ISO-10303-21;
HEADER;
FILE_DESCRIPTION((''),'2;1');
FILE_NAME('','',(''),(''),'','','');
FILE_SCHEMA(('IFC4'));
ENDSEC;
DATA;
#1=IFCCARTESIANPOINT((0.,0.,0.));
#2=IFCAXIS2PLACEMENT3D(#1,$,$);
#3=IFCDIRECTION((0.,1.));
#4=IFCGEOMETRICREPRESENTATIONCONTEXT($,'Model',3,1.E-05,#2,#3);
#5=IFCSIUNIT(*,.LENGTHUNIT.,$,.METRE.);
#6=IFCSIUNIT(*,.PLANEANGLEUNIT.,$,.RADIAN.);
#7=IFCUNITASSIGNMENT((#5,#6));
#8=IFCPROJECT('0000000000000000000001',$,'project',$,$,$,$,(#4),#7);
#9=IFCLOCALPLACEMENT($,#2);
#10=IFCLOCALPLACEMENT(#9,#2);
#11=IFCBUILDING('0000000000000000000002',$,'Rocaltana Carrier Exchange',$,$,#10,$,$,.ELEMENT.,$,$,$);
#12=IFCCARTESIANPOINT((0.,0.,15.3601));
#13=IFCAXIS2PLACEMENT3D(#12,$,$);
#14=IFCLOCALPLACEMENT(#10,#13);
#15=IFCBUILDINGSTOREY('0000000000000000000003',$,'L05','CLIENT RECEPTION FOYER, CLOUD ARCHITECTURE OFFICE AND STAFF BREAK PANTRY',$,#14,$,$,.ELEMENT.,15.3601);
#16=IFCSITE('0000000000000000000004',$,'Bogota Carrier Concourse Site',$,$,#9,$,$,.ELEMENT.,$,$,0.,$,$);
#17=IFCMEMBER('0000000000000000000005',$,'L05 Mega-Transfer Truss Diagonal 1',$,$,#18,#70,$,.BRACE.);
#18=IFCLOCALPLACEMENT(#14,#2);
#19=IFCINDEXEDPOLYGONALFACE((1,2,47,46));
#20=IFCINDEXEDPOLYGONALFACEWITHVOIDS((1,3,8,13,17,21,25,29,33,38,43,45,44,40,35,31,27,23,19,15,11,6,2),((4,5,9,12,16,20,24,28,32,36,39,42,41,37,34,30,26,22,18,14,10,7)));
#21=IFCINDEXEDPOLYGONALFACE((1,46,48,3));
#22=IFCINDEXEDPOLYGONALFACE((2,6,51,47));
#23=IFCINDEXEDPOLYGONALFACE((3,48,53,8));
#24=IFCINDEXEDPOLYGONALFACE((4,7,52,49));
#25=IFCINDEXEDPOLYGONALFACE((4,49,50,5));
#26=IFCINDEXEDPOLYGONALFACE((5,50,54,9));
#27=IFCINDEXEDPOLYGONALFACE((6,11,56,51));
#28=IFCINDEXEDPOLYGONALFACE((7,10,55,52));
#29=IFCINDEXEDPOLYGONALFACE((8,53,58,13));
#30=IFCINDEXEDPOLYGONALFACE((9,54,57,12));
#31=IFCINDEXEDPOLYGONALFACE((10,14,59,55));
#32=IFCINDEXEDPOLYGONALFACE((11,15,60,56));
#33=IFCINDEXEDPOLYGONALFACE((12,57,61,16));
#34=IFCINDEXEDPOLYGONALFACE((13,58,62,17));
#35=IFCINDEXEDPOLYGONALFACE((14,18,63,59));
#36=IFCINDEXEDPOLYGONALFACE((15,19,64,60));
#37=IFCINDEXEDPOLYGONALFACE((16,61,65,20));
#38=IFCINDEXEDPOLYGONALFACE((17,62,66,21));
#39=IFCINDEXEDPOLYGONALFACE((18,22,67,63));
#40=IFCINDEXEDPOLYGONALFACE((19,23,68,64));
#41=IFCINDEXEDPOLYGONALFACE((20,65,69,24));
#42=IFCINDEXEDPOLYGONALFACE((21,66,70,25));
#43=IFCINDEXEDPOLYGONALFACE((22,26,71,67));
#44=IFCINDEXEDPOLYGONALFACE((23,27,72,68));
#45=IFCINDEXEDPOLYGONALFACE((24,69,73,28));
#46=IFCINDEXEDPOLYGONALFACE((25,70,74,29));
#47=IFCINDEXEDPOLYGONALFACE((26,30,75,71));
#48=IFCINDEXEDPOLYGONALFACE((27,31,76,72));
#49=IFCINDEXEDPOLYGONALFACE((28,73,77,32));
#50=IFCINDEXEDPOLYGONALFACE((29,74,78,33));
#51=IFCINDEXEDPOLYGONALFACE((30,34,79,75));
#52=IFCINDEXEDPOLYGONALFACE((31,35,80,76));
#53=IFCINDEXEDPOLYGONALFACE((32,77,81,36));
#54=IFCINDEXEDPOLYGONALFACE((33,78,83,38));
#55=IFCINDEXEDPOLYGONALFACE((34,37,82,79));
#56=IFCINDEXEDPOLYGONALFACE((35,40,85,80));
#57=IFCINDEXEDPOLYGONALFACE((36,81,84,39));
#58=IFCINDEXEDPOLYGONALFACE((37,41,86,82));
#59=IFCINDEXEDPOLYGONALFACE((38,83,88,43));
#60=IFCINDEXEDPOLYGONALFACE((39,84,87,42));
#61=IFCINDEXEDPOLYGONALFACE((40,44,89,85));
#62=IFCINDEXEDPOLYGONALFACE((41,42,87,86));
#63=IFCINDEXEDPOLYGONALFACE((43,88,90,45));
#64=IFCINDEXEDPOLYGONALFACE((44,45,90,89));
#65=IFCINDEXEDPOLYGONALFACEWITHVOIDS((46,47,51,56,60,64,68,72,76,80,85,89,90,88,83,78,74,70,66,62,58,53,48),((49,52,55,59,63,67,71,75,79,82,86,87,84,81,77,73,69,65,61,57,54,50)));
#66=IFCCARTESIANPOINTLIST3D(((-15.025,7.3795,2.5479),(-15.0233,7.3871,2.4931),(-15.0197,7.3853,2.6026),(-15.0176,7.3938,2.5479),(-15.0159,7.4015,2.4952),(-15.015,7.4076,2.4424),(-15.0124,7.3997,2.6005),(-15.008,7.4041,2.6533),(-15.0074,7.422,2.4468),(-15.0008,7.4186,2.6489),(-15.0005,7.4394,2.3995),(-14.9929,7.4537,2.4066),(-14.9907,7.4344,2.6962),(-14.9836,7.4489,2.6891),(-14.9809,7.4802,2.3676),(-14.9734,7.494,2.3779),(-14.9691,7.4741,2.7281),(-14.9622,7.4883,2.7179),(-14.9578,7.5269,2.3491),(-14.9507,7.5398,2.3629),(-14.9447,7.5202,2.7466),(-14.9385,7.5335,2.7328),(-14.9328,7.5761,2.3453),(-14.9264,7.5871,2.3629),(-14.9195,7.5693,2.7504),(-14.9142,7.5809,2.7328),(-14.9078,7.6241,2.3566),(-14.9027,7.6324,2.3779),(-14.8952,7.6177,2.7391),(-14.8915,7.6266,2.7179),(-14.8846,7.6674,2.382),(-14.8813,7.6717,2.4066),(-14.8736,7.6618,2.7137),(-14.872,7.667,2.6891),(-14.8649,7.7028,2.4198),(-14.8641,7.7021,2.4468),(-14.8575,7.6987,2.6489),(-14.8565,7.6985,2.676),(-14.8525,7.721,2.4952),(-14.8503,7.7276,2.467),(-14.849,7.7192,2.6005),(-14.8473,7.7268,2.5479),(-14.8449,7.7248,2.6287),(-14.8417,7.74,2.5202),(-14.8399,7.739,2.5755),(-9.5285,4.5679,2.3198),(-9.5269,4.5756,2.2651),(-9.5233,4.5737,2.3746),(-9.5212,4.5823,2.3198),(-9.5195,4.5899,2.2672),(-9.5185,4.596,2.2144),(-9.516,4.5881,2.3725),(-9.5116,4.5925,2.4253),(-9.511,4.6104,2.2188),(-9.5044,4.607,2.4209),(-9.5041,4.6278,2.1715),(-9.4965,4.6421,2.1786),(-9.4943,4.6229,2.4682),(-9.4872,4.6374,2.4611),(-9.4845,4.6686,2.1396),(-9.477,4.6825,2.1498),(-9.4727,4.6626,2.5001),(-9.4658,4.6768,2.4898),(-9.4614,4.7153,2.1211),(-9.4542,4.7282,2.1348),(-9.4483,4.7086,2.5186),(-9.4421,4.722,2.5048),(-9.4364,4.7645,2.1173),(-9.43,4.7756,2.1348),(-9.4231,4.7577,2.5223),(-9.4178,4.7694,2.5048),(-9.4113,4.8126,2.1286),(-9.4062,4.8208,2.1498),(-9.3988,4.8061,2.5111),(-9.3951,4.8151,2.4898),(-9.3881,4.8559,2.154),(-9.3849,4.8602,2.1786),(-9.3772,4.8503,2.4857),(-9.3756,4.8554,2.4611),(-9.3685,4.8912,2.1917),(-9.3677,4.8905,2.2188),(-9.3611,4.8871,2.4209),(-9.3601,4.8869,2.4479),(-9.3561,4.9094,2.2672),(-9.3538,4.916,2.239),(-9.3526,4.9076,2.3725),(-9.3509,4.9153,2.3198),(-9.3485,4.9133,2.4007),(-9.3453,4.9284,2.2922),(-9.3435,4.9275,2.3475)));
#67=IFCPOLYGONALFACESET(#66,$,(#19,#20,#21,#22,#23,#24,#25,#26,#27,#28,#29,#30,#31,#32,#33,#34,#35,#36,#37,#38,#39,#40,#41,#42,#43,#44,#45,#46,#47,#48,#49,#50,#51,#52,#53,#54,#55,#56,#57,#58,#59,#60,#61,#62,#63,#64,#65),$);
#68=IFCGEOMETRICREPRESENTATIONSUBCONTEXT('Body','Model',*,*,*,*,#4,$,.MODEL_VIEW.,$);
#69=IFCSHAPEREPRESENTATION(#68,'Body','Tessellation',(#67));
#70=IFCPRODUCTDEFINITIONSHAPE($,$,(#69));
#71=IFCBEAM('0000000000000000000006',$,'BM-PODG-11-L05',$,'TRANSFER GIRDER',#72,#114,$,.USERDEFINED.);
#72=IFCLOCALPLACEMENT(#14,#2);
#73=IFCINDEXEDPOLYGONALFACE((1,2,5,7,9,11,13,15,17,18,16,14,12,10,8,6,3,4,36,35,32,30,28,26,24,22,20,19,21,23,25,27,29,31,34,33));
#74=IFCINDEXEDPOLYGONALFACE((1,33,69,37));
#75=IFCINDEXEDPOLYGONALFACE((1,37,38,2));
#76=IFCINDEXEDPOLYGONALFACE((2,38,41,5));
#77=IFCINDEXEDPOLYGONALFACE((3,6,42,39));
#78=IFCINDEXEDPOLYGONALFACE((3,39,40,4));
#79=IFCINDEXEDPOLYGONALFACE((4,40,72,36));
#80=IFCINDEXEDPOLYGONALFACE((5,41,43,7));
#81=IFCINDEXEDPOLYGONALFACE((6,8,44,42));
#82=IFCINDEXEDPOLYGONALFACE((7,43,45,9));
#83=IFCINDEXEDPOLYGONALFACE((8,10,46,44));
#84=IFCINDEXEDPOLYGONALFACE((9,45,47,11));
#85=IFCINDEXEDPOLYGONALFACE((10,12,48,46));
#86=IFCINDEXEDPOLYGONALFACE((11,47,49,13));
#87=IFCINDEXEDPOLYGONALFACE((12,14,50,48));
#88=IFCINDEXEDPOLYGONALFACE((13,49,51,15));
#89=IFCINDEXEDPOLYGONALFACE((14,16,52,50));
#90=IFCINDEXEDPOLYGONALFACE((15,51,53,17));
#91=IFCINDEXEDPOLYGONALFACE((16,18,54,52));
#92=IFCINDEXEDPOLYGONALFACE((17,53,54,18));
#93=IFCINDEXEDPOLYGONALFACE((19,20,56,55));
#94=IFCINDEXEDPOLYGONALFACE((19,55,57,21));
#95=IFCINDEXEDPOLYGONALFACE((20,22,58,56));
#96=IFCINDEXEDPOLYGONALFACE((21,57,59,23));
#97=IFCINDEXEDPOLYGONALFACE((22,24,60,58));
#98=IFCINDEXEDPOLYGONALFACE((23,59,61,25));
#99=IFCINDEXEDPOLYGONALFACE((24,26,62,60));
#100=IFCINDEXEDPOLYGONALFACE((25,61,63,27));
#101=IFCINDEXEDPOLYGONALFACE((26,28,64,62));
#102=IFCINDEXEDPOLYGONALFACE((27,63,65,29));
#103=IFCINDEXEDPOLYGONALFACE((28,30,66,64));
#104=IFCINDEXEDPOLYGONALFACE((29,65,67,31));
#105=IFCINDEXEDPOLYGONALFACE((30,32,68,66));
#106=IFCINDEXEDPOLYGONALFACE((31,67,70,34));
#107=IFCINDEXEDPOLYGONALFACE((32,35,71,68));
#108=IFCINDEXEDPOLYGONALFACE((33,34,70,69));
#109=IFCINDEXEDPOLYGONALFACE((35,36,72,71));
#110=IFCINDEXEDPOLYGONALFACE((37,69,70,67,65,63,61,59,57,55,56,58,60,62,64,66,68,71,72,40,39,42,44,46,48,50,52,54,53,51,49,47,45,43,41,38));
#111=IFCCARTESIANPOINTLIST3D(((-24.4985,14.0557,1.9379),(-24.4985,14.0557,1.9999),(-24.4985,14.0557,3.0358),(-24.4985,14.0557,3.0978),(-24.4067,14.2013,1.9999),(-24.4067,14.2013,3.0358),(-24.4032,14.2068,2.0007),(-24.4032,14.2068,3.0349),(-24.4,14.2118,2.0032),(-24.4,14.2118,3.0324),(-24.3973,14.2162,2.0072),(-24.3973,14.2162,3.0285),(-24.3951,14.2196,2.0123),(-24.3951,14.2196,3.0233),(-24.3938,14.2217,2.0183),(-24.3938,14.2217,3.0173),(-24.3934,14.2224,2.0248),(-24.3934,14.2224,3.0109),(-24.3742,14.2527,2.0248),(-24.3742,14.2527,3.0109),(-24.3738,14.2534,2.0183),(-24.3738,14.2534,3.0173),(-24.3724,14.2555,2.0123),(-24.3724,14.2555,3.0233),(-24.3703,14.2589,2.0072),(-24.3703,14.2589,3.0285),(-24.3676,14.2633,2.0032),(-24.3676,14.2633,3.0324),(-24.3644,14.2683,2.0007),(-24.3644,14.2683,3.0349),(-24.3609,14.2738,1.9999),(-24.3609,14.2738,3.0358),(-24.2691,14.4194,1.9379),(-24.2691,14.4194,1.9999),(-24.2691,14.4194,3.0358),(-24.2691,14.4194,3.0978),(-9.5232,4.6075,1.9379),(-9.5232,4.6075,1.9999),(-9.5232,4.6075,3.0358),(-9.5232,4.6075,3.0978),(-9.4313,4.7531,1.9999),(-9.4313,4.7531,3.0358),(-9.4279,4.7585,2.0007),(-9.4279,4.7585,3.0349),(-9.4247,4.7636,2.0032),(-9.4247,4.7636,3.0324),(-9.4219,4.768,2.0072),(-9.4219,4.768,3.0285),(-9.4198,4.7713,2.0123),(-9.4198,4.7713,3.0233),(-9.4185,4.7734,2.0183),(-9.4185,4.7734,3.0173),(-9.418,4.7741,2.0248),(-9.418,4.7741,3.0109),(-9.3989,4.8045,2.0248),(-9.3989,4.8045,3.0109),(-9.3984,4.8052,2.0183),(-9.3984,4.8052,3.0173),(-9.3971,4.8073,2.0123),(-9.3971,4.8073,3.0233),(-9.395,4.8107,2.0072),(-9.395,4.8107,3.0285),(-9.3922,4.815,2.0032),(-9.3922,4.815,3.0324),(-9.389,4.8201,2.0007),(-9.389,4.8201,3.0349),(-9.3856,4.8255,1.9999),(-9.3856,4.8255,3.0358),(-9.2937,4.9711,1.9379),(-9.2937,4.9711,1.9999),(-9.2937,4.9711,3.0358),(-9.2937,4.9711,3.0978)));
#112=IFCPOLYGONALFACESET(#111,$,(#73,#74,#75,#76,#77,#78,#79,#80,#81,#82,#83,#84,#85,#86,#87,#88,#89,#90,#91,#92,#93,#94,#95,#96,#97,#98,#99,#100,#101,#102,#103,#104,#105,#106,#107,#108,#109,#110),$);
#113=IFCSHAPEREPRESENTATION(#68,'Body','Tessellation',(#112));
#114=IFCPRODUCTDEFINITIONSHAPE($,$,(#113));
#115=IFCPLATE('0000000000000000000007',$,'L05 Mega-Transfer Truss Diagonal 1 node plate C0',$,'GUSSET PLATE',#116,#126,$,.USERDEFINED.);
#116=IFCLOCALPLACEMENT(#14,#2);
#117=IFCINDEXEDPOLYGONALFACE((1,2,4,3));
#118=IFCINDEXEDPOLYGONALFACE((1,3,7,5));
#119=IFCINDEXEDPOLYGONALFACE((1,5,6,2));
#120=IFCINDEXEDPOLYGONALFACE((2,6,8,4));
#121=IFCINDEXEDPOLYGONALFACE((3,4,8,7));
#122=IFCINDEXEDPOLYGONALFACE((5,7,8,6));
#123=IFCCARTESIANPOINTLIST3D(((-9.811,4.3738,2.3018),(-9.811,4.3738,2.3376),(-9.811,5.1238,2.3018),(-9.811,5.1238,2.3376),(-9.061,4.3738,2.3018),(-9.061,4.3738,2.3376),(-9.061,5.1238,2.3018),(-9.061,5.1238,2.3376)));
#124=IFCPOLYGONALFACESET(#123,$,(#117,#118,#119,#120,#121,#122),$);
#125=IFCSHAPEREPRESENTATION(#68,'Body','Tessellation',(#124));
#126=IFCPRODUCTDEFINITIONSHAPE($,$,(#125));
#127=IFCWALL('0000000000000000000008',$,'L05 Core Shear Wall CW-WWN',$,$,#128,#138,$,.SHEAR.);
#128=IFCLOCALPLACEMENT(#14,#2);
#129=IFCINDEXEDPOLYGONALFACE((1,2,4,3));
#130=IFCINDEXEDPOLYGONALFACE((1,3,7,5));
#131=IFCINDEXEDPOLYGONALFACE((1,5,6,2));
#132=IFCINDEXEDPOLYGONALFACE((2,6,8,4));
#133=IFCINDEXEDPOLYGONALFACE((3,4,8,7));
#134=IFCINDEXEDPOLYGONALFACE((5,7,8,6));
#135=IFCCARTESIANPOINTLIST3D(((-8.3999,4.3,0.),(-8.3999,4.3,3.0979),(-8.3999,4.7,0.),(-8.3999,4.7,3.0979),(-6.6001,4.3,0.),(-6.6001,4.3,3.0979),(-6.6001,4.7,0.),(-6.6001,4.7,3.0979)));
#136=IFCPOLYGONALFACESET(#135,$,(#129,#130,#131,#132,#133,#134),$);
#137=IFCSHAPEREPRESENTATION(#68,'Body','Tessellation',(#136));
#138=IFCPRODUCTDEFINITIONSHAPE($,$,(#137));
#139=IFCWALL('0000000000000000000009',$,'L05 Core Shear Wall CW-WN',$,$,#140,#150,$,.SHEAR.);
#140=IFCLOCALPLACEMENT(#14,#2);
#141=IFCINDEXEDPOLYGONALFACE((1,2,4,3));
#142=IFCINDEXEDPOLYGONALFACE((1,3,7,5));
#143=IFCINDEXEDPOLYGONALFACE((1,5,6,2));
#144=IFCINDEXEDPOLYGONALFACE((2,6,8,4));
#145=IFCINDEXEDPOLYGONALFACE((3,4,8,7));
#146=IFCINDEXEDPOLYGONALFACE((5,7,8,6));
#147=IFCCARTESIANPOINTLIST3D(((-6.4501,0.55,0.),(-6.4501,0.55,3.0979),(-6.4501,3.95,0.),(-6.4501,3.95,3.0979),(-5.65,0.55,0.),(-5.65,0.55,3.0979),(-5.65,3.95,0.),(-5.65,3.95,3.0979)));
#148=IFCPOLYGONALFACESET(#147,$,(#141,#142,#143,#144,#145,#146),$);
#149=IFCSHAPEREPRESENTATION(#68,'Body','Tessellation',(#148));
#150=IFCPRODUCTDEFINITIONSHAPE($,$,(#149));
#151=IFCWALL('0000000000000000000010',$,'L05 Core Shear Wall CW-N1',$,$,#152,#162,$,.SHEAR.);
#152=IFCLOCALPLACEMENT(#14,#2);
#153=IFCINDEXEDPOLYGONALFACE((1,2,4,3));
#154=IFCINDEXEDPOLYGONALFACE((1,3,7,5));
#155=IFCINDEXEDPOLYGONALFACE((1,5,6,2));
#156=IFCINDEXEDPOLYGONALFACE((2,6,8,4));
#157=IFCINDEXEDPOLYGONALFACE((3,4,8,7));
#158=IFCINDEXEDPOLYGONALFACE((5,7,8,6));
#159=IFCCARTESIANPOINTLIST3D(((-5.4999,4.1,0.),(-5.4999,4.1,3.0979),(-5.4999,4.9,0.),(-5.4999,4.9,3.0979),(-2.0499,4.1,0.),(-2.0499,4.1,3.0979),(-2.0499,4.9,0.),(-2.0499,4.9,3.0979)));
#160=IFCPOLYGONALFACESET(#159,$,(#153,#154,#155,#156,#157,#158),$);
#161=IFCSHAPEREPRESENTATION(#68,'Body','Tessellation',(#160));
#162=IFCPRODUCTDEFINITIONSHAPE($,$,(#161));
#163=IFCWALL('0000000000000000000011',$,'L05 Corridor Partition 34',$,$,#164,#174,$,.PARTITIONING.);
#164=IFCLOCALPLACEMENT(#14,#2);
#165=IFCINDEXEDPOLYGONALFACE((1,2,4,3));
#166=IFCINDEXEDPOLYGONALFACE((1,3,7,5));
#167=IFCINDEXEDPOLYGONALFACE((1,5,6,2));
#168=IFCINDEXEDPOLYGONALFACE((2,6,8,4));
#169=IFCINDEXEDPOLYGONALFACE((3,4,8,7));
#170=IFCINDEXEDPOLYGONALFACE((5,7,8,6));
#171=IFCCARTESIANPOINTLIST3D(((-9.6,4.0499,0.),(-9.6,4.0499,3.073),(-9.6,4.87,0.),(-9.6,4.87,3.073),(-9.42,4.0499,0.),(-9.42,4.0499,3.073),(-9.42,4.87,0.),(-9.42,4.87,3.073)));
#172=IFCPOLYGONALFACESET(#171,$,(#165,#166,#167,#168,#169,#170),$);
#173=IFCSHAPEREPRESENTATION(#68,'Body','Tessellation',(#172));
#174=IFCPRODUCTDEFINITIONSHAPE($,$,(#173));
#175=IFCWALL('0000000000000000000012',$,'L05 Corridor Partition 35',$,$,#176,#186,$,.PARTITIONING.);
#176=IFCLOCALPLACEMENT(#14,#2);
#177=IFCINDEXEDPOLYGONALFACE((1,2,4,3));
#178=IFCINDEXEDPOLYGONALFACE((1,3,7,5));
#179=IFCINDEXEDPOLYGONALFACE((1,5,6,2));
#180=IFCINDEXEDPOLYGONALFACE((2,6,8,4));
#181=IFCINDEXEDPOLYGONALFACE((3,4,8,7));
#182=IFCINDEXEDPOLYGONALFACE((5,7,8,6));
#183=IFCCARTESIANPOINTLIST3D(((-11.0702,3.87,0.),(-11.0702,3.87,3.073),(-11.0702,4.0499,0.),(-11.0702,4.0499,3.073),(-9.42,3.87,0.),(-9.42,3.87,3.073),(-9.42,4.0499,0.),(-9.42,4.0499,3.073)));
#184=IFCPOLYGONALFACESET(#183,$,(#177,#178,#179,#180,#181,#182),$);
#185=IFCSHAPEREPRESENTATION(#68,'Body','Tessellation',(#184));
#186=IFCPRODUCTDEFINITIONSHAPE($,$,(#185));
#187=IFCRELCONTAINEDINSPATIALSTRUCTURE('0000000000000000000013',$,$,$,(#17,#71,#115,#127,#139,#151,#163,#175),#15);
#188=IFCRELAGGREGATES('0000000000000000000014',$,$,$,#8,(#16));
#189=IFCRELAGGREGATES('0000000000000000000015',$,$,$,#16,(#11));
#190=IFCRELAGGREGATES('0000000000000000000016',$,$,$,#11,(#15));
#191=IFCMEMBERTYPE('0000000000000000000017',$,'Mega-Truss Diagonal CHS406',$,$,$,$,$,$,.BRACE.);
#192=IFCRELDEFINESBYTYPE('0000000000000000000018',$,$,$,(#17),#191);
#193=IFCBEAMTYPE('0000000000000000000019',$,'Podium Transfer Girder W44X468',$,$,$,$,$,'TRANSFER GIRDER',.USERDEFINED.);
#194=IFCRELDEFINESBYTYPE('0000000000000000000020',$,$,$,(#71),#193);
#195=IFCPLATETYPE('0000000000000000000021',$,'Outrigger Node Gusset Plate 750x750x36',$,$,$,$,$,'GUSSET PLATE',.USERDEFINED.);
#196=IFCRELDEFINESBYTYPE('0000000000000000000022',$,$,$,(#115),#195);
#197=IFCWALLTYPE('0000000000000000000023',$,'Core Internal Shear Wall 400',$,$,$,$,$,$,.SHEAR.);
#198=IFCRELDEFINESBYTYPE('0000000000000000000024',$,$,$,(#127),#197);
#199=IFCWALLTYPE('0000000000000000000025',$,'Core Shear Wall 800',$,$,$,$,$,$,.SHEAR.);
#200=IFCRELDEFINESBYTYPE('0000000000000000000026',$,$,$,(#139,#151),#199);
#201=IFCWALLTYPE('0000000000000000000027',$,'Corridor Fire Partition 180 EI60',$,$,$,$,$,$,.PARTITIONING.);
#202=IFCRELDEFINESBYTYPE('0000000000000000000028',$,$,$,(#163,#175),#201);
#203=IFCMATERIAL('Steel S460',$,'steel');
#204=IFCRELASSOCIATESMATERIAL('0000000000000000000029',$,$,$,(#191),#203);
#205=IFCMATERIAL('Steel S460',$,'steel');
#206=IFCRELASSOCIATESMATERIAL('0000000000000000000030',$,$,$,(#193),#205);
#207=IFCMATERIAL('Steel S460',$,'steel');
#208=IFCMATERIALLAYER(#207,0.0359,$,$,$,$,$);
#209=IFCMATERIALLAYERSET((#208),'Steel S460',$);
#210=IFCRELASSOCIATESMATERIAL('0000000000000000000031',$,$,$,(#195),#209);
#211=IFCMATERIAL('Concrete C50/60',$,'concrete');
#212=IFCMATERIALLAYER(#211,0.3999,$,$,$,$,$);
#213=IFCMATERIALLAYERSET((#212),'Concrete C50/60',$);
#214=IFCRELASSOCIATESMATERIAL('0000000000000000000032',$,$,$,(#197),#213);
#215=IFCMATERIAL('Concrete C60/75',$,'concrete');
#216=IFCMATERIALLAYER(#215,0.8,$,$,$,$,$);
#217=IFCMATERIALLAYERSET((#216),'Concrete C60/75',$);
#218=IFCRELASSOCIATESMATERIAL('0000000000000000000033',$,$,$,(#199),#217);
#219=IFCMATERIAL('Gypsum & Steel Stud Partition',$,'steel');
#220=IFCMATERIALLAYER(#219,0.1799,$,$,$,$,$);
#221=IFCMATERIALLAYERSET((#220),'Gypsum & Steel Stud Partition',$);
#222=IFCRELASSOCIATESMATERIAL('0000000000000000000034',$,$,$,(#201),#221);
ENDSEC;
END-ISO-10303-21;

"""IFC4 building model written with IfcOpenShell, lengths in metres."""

from ifc_helpers import new_model, si_unit, direction, frame, frame_2d, origin, origin_2d, place, context, subcontext, project, spatial, rectangle, hollow_circle, i_section, extrude, material, layer, layer_set, material_profile, profile_set, type_object, element, save


model = new_model("IFC4")

# Units and contexts
model_context = context("Model", 3, precision=1e-05, world=origin(), true_north=direction((0.0, 1.0)))
body_context = subcontext(model_context, "Body", "Model", "MODEL_VIEW")
ifc_project = project(units=[si_unit("LENGTHUNIT", "METRE"), si_unit("PLANEANGLEUNIT", "RADIAN")], contexts=[model_context])

# Site, building, storey
site_placement = place(None, origin())
site = spatial("IfcSite", under=ifc_project, at=site_placement, Name="Bogota Carrier Concourse Site", CompositionType="ELEMENT", RefElevation=0.0)
building_placement = place(site_placement, origin())
building = spatial("IfcBuilding", under=site, at=building_placement, Name="Rocaltana Carrier Exchange", CompositionType="ELEMENT")
storey_placement = place(building_placement, frame((0.0, 0.0, 15.3601)))
storey = spatial("IfcBuildingStorey", under=building, at=storey_placement, Name="L05", Description="CLIENT RECEPTION FOYER, CLOUD ARCHITECTURE OFFICE AND STAFF BREAK PANTRY", CompositionType="ELEMENT", Elevation=15.3601)

# Member
ifc_material_1 = material(Name="Steel S460", Category="steel")
ifc_material_profile_1 = material_profile(ifc_material_1, hollow_circle(Radius=0.2031, WallThickness=0.0161, at=origin_2d()), Name="CHS406.4X16")
ifc_profile_set_1 = profile_set([ifc_material_profile_1], Name="Steel S460")
member_type_1 = type_object("IfcMemberType", Name="Mega-Truss Diagonal CHS406", PredefinedType="BRACE", material=ifc_profile_set_1)
member_1_placement = place(storey_placement, frame((-9.436, 4.7488, 2.3198), z_axis=(-0.889678, 0.455094, 0.03691), x_axis=(-0.455404, -0.890285, 0.0)))
element("IfcMember", 1, at=member_1_placement, inside=storey, type_object=member_type_1, Name="L05 Mega-Transfer Truss Diagonal 1", PredefinedType="BRACE", context=body_context, shape_type="SweptSolid", body=[
    extrude(hollow_circle(Radius=0.2031, WallThickness=0.0161, at=origin_2d()), origin(), (0.0, 0.0, 1.0), 6.178),
])

# Beam
ifc_material_2 = material(Name="Steel S460", Category="steel")
ifc_material_profile_2 = material_profile(ifc_material_2, i_section(OverallWidth=0.4299, OverallDepth=1.1599, WebThickness=0.0359, FlangeThickness=0.062, FilletRadius=0.0249, at=origin_2d()), Name="W44X468")
ifc_profile_set_2 = profile_set([ifc_material_profile_2], Name="Steel S460")
beam_type_1 = type_object("IfcBeamType", Name="Podium Transfer Girder W44X468", ElementType="TRANSFER GIRDER", PredefinedType="USERDEFINED", material=ifc_profile_set_2)
beam_1_placement = place(storey_placement, frame((-9.4084, 4.7893, 2.5178), z_axis=(-0.84574, 0.533595, 0.0), x_axis=(-0.533595, -0.84574, 0.0)))
element("IfcBeam", 2, at=beam_1_placement, inside=storey, type_object=beam_type_1, Name="BM-PODG-11-L05", ObjectType="TRANSFER GIRDER", PredefinedType="USERDEFINED", context=body_context, shape_type="SweptSolid", body=[
    extrude(i_section(OverallWidth=0.4299, OverallDepth=1.1599, WebThickness=0.0359, FlangeThickness=0.062, FilletRadius=0.0249, at=origin_2d()), origin(), (0.0, 0.0, 1.0), 17.7068),
])

# Plate
ifc_material_3 = material(Name="Steel S460", Category="steel")
ifc_layer_1 = layer(ifc_material_3, 0.0359)
ifc_layer_set_1 = layer_set([ifc_layer_1], Name="Steel S460")
plate_type = type_object("IfcPlateType", Name="Outrigger Node Gusset Plate 750x750x36", ElementType="GUSSET PLATE", PredefinedType="USERDEFINED", material=ifc_layer_set_1)
plate_placement = place(storey_placement, frame((-9.436, 4.7488, 2.3018), z_axis=(0.0, 0.0, 1.0), x_axis=(1.0, 0.0, 0.0)))
element("IfcPlate", 3, at=plate_placement, inside=storey, type_object=plate_type, Name="L05 Mega-Transfer Truss Diagonal 1 node plate C0", ObjectType="GUSSET PLATE", PredefinedType="USERDEFINED", context=body_context, shape_type="SweptSolid", body=[
    extrude(rectangle(XDim=0.75, YDim=0.75, at=origin_2d()), origin(), (0.0, 0.0, 1.0), 0.0359),
])

# Walls
ifc_material_4 = material(Name="Concrete C50/60", Category="concrete")
ifc_layer_2 = layer(ifc_material_4, 0.3999)
ifc_layer_set_2 = layer_set([ifc_layer_2], Name="Concrete C50/60")
wall_type_1 = type_object("IfcWallType", Name="Core Internal Shear Wall 400", PredefinedType="SHEAR", material=ifc_layer_set_2)
wall_1_placement = place(storey_placement, frame((-8.3999, 4.5, 0.0), z_axis=(0.0, 0.0, 1.0), x_axis=(1.0, 0.0, 0.0)))
element("IfcWall", 4, at=wall_1_placement, inside=storey, type_object=wall_type_1, Name="L05 Core Shear Wall CW-WWN", PredefinedType="SHEAR", context=body_context, shape_type="SweptSolid", body=[
    extrude(rectangle(XDim=1.7998, YDim=0.3999, at=frame_2d((0.8999, 0.0))), origin(), (0.0, 0.0, 1.0), 3.0979),
])
ifc_material_5 = material(Name="Concrete C60/75", Category="concrete")
ifc_layer_3 = layer(ifc_material_5, 0.8)
ifc_layer_set_3 = layer_set([ifc_layer_3], Name="Concrete C60/75")
wall_type_2 = type_object("IfcWallType", Name="Core Shear Wall 800", PredefinedType="SHEAR", material=ifc_layer_set_3)
wall_2_placement = place(storey_placement, frame((-6.05, 0.55, 0.0), z_axis=(0.0, 0.0, 1.0), x_axis=(0.0, 1.0, 0.0)))
element("IfcWall", 5, at=wall_2_placement, inside=storey, type_object=wall_type_2, Name="L05 Core Shear Wall CW-WN", PredefinedType="SHEAR", context=body_context, shape_type="SweptSolid", body=[
    extrude(rectangle(XDim=3.3999, YDim=0.8, at=frame_2d((1.7, 0.0))), origin(), (0.0, 0.0, 1.0), 3.0979),
])
wall_3_placement = place(storey_placement, frame((-5.5, 4.5, 0.0), z_axis=(0.0, 0.0, 1.0), x_axis=(1.0, 0.0, 0.0)))
element("IfcWall", 6, at=wall_3_placement, inside=storey, type_object=wall_type_2, Name="L05 Core Shear Wall CW-N1", PredefinedType="SHEAR", context=body_context, shape_type="SweptSolid", body=[
    extrude(rectangle(XDim=3.45, YDim=0.8, at=frame_2d((1.7251, 0.0))), origin(), (0.0, 0.0, 1.0), 3.0979),
])
ifc_material_6 = material(Name="Gypsum & Steel Stud Partition", Category="steel")
ifc_layer_4 = layer(ifc_material_6, 0.1799)
ifc_layer_set_4 = layer_set([ifc_layer_4], Name="Gypsum & Steel Stud Partition")
wall_type_3 = type_object("IfcWallType", Name="Corridor Fire Partition 180 EI60", PredefinedType="PARTITIONING", material=ifc_layer_set_4)
wall_4_placement = place(storey_placement, frame((-9.51, 4.8701, 0.0), z_axis=(0.0, 0.0, 1.0), x_axis=(0.0, -1.0, 0.0)))
element("IfcWall", 7, at=wall_4_placement, inside=storey, type_object=wall_type_3, Name="L05 Corridor Partition 34", PredefinedType="PARTITIONING", context=body_context, shape_type="SweptSolid", body=[
    extrude(rectangle(XDim=0.8201, YDim=0.1799, at=frame_2d((0.4102, 0.0))), origin(), (0.0, 0.0, 1.0), 3.073),
])
wall_5_placement = place(storey_placement, frame((-9.4199, 3.96, 0.0), z_axis=(0.0, 0.0, 1.0), x_axis=(-1.0, 0.0, 0.0)))
element("IfcWall", 8, at=wall_5_placement, inside=storey, type_object=wall_type_3, Name="L05 Corridor Partition 35", PredefinedType="PARTITIONING", context=body_context, shape_type="SweptSolid", body=[
    extrude(rectangle(XDim=1.6501, YDim=0.1799, at=frame_2d((0.8252, 0.0))), origin(), (0.0, 0.0, 1.0), 3.073),
])

save(model, "model.ifc")
